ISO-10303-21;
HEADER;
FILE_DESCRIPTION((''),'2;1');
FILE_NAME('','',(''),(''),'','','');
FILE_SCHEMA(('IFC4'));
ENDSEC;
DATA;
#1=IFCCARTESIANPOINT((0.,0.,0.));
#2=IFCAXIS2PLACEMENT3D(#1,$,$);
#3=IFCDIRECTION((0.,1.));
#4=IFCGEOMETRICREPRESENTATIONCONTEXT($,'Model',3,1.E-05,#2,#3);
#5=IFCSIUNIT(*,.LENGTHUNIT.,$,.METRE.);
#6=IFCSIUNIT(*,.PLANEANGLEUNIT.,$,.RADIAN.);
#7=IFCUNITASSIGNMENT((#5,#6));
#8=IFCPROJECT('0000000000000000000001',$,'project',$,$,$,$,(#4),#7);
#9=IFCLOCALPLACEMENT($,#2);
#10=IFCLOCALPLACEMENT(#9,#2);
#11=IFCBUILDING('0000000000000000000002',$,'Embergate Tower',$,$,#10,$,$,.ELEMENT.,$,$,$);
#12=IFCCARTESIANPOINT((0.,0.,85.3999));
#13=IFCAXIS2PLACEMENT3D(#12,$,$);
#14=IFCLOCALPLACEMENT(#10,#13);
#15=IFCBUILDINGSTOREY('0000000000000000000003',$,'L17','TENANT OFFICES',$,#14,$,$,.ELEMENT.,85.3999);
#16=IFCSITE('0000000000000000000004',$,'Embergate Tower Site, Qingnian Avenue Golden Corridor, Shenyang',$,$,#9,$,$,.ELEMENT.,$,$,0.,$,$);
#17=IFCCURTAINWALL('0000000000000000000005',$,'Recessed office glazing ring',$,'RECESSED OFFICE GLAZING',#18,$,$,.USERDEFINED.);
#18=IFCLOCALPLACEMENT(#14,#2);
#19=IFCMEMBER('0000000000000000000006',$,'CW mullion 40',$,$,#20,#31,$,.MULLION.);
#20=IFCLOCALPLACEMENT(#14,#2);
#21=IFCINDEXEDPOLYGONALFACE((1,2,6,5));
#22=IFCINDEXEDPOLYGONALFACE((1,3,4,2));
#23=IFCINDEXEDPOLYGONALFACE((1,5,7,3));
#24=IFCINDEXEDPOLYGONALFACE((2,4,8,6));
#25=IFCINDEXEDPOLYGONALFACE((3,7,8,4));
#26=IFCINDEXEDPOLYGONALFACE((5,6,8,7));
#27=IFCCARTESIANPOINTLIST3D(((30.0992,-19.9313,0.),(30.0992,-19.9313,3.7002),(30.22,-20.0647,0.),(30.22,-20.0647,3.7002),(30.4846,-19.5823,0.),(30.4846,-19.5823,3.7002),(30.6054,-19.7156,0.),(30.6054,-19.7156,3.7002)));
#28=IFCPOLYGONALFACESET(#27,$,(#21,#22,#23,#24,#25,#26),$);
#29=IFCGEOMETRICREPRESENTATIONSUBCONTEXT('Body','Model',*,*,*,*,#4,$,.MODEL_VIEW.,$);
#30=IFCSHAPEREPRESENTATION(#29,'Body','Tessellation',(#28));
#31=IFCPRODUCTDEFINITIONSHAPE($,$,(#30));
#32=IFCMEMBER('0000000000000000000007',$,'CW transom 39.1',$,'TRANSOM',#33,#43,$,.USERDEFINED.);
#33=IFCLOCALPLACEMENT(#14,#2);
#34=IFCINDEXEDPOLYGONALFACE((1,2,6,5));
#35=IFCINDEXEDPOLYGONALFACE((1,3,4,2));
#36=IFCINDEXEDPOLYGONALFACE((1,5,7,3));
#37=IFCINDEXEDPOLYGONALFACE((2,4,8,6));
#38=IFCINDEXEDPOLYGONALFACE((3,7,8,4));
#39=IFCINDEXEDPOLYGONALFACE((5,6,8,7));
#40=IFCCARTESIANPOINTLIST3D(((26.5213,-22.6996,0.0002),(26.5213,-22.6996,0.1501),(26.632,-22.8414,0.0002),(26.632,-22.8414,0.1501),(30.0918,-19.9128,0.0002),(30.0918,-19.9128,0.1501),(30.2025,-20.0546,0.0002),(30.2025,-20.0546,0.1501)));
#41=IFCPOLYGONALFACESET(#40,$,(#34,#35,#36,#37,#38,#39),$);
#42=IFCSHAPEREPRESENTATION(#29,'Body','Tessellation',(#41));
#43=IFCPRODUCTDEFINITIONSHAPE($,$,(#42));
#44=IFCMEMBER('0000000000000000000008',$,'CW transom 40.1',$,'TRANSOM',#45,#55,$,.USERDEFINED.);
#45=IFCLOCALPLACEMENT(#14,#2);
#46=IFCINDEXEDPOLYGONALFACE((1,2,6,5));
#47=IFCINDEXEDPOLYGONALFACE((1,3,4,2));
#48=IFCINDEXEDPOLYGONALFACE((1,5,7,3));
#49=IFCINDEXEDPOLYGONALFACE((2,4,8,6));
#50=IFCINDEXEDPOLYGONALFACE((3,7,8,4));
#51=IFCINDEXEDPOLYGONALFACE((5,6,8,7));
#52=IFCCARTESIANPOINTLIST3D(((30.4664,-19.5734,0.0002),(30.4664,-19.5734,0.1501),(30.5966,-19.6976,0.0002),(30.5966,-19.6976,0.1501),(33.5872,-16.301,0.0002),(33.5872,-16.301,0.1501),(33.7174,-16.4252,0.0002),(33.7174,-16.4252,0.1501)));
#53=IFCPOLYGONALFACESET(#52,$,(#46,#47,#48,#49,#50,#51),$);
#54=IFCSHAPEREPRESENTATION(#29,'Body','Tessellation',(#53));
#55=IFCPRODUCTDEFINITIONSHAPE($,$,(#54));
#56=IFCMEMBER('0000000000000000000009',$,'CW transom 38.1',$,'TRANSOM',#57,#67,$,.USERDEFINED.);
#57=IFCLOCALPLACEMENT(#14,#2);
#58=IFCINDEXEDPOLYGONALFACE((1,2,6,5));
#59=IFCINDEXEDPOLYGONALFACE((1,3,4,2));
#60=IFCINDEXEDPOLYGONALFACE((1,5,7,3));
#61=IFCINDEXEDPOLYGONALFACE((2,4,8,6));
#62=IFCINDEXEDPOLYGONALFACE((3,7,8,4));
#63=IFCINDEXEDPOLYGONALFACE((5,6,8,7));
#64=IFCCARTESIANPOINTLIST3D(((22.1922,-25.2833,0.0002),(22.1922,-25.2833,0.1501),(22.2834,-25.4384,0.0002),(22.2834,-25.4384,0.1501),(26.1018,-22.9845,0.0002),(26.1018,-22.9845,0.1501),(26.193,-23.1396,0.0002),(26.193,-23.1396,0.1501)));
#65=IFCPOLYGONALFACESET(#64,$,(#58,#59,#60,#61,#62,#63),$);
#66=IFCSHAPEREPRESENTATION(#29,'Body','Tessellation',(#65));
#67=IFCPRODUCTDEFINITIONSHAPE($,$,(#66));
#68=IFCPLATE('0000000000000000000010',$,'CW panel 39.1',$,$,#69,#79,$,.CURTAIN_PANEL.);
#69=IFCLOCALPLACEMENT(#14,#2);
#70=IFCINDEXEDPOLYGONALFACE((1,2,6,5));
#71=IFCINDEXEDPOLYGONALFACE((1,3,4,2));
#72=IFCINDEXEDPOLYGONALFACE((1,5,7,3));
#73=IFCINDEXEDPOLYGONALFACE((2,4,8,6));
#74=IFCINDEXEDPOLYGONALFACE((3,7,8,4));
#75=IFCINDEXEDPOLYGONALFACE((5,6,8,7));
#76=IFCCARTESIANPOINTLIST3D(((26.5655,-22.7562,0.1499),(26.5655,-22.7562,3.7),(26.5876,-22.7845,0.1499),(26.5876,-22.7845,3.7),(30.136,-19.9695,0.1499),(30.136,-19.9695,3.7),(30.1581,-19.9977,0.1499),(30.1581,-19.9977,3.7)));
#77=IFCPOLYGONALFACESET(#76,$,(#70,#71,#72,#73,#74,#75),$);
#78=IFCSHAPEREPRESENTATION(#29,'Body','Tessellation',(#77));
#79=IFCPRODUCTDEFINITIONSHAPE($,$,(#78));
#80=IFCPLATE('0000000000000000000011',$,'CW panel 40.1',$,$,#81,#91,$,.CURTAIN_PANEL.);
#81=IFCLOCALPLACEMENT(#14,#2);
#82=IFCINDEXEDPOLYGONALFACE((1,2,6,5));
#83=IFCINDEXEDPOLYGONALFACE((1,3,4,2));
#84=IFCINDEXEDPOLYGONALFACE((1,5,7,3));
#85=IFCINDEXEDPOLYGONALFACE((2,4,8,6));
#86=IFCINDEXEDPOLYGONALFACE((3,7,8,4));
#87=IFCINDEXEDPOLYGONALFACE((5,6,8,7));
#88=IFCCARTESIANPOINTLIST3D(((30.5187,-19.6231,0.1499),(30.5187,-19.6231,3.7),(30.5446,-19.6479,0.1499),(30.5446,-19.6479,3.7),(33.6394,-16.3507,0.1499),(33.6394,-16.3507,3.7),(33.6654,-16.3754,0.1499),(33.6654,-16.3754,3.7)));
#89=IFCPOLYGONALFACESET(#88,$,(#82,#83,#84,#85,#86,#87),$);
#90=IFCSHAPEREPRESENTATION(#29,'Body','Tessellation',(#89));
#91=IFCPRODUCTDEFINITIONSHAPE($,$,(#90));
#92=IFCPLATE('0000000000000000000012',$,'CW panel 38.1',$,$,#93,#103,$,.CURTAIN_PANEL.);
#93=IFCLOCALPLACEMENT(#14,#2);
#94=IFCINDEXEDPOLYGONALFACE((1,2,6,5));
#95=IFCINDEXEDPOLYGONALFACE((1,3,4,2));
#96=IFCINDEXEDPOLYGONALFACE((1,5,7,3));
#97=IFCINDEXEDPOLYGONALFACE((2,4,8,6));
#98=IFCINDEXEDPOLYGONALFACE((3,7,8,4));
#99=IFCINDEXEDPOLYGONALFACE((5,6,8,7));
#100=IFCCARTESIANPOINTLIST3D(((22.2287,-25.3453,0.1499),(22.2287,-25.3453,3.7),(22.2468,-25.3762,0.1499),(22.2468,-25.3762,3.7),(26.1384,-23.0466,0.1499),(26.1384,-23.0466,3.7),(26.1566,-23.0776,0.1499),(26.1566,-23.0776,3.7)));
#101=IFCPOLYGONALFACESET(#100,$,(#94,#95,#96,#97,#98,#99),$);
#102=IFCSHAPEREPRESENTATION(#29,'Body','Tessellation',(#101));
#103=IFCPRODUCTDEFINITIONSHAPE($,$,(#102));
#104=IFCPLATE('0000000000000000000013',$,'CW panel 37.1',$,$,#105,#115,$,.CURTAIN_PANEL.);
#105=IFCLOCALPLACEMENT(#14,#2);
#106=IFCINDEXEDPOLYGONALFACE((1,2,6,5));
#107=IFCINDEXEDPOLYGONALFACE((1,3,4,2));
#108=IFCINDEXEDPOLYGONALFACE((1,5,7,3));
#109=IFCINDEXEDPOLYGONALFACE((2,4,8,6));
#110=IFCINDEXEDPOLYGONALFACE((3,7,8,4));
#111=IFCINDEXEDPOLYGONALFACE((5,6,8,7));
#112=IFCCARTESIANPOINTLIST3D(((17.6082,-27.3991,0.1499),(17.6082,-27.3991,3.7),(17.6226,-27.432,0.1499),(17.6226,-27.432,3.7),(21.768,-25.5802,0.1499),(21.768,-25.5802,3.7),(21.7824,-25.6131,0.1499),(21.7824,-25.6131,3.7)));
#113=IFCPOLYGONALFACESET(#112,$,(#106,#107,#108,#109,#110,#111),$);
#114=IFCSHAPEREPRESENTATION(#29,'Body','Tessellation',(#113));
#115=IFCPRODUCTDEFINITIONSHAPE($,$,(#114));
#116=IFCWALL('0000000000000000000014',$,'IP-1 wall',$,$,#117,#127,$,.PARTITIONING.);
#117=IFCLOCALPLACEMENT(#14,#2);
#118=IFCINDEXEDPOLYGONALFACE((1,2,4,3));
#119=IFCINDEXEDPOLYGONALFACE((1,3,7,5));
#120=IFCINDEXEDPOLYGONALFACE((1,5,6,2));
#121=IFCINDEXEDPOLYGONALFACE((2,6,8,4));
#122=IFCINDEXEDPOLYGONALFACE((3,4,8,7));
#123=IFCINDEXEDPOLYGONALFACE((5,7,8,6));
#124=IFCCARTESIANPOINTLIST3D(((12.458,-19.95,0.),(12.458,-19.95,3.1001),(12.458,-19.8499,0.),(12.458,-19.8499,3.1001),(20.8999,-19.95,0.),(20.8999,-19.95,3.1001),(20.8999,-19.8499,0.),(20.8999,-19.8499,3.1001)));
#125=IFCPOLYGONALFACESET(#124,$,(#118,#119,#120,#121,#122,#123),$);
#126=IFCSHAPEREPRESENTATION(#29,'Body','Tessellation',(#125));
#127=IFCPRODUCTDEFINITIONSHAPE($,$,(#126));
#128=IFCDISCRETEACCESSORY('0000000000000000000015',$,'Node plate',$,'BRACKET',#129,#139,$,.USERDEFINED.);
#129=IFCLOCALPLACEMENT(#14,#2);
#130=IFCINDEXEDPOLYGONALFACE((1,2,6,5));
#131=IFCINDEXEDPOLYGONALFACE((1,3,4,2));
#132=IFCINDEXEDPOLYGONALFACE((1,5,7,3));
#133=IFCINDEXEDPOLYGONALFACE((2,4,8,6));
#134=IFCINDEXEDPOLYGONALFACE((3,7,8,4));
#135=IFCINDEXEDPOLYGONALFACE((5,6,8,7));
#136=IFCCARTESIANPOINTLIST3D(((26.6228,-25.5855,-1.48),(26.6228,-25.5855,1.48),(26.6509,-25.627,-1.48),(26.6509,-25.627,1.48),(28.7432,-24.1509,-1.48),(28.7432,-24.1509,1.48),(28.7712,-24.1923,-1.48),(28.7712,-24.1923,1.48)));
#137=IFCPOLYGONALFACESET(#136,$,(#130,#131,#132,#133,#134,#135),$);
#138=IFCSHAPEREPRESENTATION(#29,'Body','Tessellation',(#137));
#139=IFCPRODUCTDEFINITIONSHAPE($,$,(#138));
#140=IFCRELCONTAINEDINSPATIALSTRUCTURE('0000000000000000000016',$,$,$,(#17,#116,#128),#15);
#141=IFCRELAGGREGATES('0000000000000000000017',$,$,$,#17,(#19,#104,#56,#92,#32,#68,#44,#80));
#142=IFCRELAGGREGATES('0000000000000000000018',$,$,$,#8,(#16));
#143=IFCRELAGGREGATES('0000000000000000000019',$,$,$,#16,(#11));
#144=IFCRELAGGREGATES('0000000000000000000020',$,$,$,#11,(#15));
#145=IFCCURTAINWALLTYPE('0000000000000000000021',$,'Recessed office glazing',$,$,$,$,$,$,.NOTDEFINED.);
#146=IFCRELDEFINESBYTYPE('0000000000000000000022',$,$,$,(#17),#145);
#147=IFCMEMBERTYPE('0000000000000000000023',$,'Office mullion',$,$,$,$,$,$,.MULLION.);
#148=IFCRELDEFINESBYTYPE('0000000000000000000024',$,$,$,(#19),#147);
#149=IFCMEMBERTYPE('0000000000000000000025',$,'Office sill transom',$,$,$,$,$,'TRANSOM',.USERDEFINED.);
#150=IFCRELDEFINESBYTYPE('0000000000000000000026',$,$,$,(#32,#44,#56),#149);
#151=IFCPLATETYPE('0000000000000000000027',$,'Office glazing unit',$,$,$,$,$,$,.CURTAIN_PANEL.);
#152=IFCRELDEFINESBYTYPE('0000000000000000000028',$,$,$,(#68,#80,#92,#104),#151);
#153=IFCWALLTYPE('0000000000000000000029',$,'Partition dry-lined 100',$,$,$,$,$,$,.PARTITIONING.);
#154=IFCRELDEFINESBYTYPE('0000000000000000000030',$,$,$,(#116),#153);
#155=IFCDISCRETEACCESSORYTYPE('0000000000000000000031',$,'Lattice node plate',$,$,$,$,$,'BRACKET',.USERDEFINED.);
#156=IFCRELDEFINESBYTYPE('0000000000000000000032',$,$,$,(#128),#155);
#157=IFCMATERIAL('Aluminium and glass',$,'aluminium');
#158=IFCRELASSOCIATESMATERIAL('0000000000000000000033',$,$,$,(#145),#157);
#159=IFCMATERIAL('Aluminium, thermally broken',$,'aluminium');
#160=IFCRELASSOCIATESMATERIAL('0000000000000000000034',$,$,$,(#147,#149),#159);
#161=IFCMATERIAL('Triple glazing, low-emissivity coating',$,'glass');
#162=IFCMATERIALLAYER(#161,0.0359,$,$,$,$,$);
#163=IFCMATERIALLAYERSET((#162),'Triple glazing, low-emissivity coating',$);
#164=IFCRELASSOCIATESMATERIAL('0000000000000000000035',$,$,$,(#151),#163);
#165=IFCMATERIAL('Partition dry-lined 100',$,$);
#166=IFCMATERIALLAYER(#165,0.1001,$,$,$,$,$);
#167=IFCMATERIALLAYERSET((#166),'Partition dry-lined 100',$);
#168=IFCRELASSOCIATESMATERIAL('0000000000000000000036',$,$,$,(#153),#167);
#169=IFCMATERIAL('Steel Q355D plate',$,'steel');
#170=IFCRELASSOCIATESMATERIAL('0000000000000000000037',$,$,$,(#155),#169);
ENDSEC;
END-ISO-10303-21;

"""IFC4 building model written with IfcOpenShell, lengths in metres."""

from ifc_helpers import new_model, si_unit, direction, frame, frame_2d, origin, origin_2d, place, context, subcontext, project, spatial, rectangle, extrude, source, transform, mapped, material, layer, layer_set, material_profile, profile_set, type_object, element, aggregate, save


model = new_model("IFC4")

# Units and contexts
model_context = context("Model", 3, precision=1e-05, world=origin(), true_north=direction((0.0, 1.0)))
body_context = subcontext(model_context, "Body", "Model", "MODEL_VIEW")
ifc_project = project(units=[si_unit("LENGTHUNIT", "METRE"), si_unit("PLANEANGLEUNIT", "RADIAN")], contexts=[model_context])

# Site, building, storey
site_placement = place(None, origin())
site = spatial("IfcSite", under=ifc_project, at=site_placement, Name="Embergate Tower Site, Qingnian Avenue Golden Corridor, Shenyang", CompositionType="ELEMENT", RefElevation=0.0)
building_placement = place(site_placement, origin())
building = spatial("IfcBuilding", under=site, at=building_placement, Name="Embergate Tower", CompositionType="ELEMENT")
storey_placement = place(building_placement, frame((0.0, 0.0, 85.3999)))
storey = spatial("IfcBuildingStorey", under=building, at=storey_placement, Name="L17", Description="TENANT OFFICES", CompositionType="ELEMENT", Elevation=85.3999)

# Curtain wall, members, plates
ifc_material_1 = material(Name="Aluminium and glass", Category="aluminium")
curtain_wall_type = type_object("IfcCurtainWallType", Name="Recessed office glazing", PredefinedType="NOTDEFINED", material=ifc_material_1)
curtain_wall_placement = place(storey_placement, origin())
curtain_wall = element("IfcCurtainWall", 1, at=curtain_wall_placement, inside=storey, type_object=curtain_wall_type, Name="Recessed office glazing ring", ObjectType="RECESSED OFFICE GLAZING", PredefinedType="USERDEFINED")
ifc_material_2 = material(Name="Aluminium, thermally broken", Category="aluminium")
ifc_material_profile_1 = material_profile(ifc_material_2, rectangle(XDim=0.1799, YDim=0.52, at=origin_2d()), Name="AL 520x180")
ifc_profile_set_1 = profile_set([ifc_material_profile_1], Name="Aluminium, thermally broken")
member_type_1 = type_object("IfcMemberType", Name="Office mullion", PredefinedType="MULLION", material=ifc_profile_set_1)
shared_shape_1 = source(origin(), body_context, "Body", "SweptSolid", [
    extrude(rectangle(XDim=0.1799, YDim=0.52, at=origin_2d()), origin(), (0.0, 0.0, 1.0), 3.7002),
])
member_1_placement = place(storey_placement, frame((30.3523, -19.8235, 0.0), z_axis=(0.0, 0.0, 1.0), x_axis=(-0.671229, 0.74125, 0.0)))
member_1 = element("IfcMember", 2, at=member_1_placement, type_object=member_type_1, Name="CW mullion 40", PredefinedType="MULLION", context=body_context, shape_type="MappedRepresentation", body=[
    mapped(shared_shape_1, transform((0.0, 0.0, 0.0))),
])
ifc_material_profile_2 = material_profile(ifc_material_2, rectangle(XDim=0.1799, YDim=0.1499, at=origin_2d()), Name="AL 150x180")
ifc_profile_set_2 = profile_set([ifc_material_profile_2], Name="Aluminium, thermally broken")
member_type_2 = type_object("IfcMemberType", Name="Office sill transom", ElementType="TRANSOM", PredefinedType="USERDEFINED", material=ifc_profile_set_2)
shared_shape_2 = source(origin(), body_context, "Body", "SweptSolid", [
    extrude(rectangle(XDim=0.1799, YDim=0.1499, at=origin_2d()), origin(), (0.0, 0.0, 1.0), 4.5293),
])
member_2_placement = place(storey_placement, frame((26.5767, -22.7705, 0.0752), z_axis=(0.788306, 0.615283, 0.0), x_axis=(-0.615283, 0.788306, 0.0)))
member_2 = element("IfcMember", 3, at=member_2_placement, type_object=member_type_2, Name="CW transom 39.1", ObjectType="TRANSOM", PredefinedType="USERDEFINED", context=body_context, shape_type="MappedRepresentation", body=[
    mapped(shared_shape_2, transform((0.0, 0.0, 0.0))),
])
shared_shape_3 = source(origin(), body_context, "Body", "SweptSolid", [
    extrude(rectangle(XDim=0.1799, YDim=0.1499, at=origin_2d()), origin(), (0.0, 0.0, 1.0), 4.522),
])
member_3_placement = place(storey_placement, frame((30.5315, -19.6355, 0.0752), z_axis=(0.690144, 0.723672, 0.0), x_axis=(-0.723672, 0.690144, 0.0)))
member_3 = element("IfcMember", 4, at=member_3_placement, type_object=member_type_2, Name="CW transom 40.1", ObjectType="TRANSOM", PredefinedType="USERDEFINED", context=body_context, shape_type="MappedRepresentation", body=[
    mapped(shared_shape_3, transform((0.0, 0.0, 0.0))),
])
shared_shape_4 = source(origin(), body_context, "Body", "SweptSolid", [
    extrude(rectangle(XDim=0.1799, YDim=0.1499, at=origin_2d()), origin(), (0.0, 0.0, 1.0), 4.5354),
])
member_4_placement = place(storey_placement, frame((22.2378, -25.3608, 0.0752), z_axis=(0.862028, 0.50686, 0.0), x_axis=(-0.50686, 0.862028, 0.0)))
member_4 = element("IfcMember", 5, at=member_4_placement, type_object=member_type_2, Name="CW transom 38.1", ObjectType="TRANSOM", PredefinedType="USERDEFINED", context=body_context, shape_type="MappedRepresentation", body=[
    mapped(shared_shape_4, transform((0.0, 0.0, 0.0))),
])
ifc_material_3 = material(Name="Triple glazing, low-emissivity coating", Category="glass")
ifc_layer_1 = layer(ifc_material_3, 0.0359)
ifc_layer_set_1 = layer_set([ifc_layer_1], Name="Triple glazing, low-emissivity coating")
plate_type = type_object("IfcPlateType", Name="Office glazing unit", PredefinedType="CURTAIN_PANEL", material=ifc_layer_set_1)
shared_shape_5 = source(origin(), body_context, "Body", "SweptSolid", [
    extrude(rectangle(XDim=4.5293, YDim=0.0359, at=origin_2d()), origin(), (0.0, 0.0, 1.0), 3.55),
])
plate_1_placement = place(storey_placement, frame((28.3618, -21.377, 0.1499), z_axis=(0.0, 0.0, 1.0), x_axis=(0.788321, 0.615264, 0.0)))
plate_1 = element("IfcPlate", 6, at=plate_1_placement, type_object=plate_type, Name="CW panel 39.1", PredefinedType="CURTAIN_PANEL", context=body_context, shape_type="MappedRepresentation", body=[
    mapped(shared_shape_5, transform((0.0, 0.0, 0.0))),
])
shared_shape_6 = source(origin(), body_context, "Body", "SweptSolid", [
    extrude(rectangle(XDim=4.522, YDim=0.0359, at=origin_2d()), origin(), (0.0, 0.0, 1.0), 3.55),
])
plate_2_placement = place(storey_placement, frame((32.092, -17.9993, 0.1499), z_axis=(0.0, 0.0, 1.0), x_axis=(0.690135, 0.723681, 0.0)))
plate_2 = element("IfcPlate", 7, at=plate_2_placement, type_object=plate_type, Name="CW panel 40.1", PredefinedType="CURTAIN_PANEL", context=body_context, shape_type="MappedRepresentation", body=[
    mapped(shared_shape_6, transform((0.0, 0.0, 0.0))),
])
shared_shape_7 = source(origin(), body_context, "Body", "SweptSolid", [
    extrude(rectangle(XDim=4.5354, YDim=0.0359, at=origin_2d()), origin(), (0.0, 0.0, 1.0), 3.55),
])
plate_3_placement = place(storey_placement, frame((24.1926, -24.2114, 0.1499), z_axis=(0.0, 0.0, 1.0), x_axis=(0.862053, 0.506818, 0.0)))
plate_3 = element("IfcPlate", 8, at=plate_3_placement, type_object=plate_type, Name="CW panel 38.1", PredefinedType="CURTAIN_PANEL", context=body_context, shape_type="MappedRepresentation", body=[
    mapped(shared_shape_7, transform((0.0, 0.0, 0.0))),
])
shared_shape_8 = source(origin(), body_context, "Body", "SweptSolid", [
    extrude(rectangle(XDim=4.54, YDim=0.0359, at=origin_2d()), origin(), (0.0, 0.0, 1.0), 3.55),
])
plate_4_placement = place(storey_placement, frame((19.6953, -26.5061, 0.1499), z_axis=(0.0, 0.0, 1.0), x_axis=(0.916236, 0.400638, 0.0)))
plate_4 = element("IfcPlate", 9, at=plate_4_placement, type_object=plate_type, Name="CW panel 37.1", PredefinedType="CURTAIN_PANEL", context=body_context, shape_type="MappedRepresentation", body=[
    mapped(shared_shape_8, transform((0.0, 0.0, 0.0))),
])
aggregate(curtain_wall, [member_1, plate_4, member_4, plate_3, member_2, plate_1, member_3, plate_2])

# Wall
ifc_material_4 = material(Name="Partition dry-lined 100")
ifc_layer_2 = layer(ifc_material_4, 0.1001)
ifc_layer_set_2 = layer_set([ifc_layer_2], Name="Partition dry-lined 100")
wall_type = type_object("IfcWallType", Name="Partition dry-lined 100", PredefinedType="PARTITIONING", material=ifc_layer_set_2)
shared_shape_9 = source(origin(), body_context, "Body", "SweptSolid", [
    extrude(rectangle(XDim=8.4419, YDim=0.1001, at=frame_2d((4.2209, 0.0))), origin(), (0.0, 0.0, 1.0), 3.1001),
])
wall_placement = place(storey_placement, frame((20.8999, -19.8999, 0.0), z_axis=(0.0, 0.0, 1.0), x_axis=(-1.0, 0.0, 0.0)))
element("IfcWall", 10, at=wall_placement, inside=storey, type_object=wall_type, Name="IP-1 wall", PredefinedType="PARTITIONING", context=body_context, shape_type="MappedRepresentation", body=[
    mapped(shared_shape_9, transform((0.0, 0.0, 0.0))),
])

# Discrete accessory
ifc_material_5 = material(Name="Steel Q355D plate", Category="steel")
discrete_accessory_type = type_object("IfcDiscreteAccessoryType", Name="Lattice node plate", ElementType="BRACKET", PredefinedType="USERDEFINED", material=ifc_material_5)
shared_shape_10 = source(origin(), body_context, "Body", "SweptSolid", [
    extrude(rectangle(XDim=2.5601, YDim=0.05, at=origin_2d()), origin(), (0.0, 0.0, 1.0), 2.96),
])
discrete_accessory_placement = place(storey_placement, frame((27.697, -24.8889, -1.48), z_axis=(0.0, 0.0, 1.0), x_axis=(0.828227, 0.560393, 0.0)))
element("IfcDiscreteAccessory", 11, at=discrete_accessory_placement, inside=storey, type_object=discrete_accessory_type, Name="Node plate", ObjectType="BRACKET", PredefinedType="USERDEFINED", context=body_context, shape_type="MappedRepresentation", body=[
    mapped(shared_shape_10, transform((0.0, 0.0, 0.0))),
])

save(model, "model.ifc")
